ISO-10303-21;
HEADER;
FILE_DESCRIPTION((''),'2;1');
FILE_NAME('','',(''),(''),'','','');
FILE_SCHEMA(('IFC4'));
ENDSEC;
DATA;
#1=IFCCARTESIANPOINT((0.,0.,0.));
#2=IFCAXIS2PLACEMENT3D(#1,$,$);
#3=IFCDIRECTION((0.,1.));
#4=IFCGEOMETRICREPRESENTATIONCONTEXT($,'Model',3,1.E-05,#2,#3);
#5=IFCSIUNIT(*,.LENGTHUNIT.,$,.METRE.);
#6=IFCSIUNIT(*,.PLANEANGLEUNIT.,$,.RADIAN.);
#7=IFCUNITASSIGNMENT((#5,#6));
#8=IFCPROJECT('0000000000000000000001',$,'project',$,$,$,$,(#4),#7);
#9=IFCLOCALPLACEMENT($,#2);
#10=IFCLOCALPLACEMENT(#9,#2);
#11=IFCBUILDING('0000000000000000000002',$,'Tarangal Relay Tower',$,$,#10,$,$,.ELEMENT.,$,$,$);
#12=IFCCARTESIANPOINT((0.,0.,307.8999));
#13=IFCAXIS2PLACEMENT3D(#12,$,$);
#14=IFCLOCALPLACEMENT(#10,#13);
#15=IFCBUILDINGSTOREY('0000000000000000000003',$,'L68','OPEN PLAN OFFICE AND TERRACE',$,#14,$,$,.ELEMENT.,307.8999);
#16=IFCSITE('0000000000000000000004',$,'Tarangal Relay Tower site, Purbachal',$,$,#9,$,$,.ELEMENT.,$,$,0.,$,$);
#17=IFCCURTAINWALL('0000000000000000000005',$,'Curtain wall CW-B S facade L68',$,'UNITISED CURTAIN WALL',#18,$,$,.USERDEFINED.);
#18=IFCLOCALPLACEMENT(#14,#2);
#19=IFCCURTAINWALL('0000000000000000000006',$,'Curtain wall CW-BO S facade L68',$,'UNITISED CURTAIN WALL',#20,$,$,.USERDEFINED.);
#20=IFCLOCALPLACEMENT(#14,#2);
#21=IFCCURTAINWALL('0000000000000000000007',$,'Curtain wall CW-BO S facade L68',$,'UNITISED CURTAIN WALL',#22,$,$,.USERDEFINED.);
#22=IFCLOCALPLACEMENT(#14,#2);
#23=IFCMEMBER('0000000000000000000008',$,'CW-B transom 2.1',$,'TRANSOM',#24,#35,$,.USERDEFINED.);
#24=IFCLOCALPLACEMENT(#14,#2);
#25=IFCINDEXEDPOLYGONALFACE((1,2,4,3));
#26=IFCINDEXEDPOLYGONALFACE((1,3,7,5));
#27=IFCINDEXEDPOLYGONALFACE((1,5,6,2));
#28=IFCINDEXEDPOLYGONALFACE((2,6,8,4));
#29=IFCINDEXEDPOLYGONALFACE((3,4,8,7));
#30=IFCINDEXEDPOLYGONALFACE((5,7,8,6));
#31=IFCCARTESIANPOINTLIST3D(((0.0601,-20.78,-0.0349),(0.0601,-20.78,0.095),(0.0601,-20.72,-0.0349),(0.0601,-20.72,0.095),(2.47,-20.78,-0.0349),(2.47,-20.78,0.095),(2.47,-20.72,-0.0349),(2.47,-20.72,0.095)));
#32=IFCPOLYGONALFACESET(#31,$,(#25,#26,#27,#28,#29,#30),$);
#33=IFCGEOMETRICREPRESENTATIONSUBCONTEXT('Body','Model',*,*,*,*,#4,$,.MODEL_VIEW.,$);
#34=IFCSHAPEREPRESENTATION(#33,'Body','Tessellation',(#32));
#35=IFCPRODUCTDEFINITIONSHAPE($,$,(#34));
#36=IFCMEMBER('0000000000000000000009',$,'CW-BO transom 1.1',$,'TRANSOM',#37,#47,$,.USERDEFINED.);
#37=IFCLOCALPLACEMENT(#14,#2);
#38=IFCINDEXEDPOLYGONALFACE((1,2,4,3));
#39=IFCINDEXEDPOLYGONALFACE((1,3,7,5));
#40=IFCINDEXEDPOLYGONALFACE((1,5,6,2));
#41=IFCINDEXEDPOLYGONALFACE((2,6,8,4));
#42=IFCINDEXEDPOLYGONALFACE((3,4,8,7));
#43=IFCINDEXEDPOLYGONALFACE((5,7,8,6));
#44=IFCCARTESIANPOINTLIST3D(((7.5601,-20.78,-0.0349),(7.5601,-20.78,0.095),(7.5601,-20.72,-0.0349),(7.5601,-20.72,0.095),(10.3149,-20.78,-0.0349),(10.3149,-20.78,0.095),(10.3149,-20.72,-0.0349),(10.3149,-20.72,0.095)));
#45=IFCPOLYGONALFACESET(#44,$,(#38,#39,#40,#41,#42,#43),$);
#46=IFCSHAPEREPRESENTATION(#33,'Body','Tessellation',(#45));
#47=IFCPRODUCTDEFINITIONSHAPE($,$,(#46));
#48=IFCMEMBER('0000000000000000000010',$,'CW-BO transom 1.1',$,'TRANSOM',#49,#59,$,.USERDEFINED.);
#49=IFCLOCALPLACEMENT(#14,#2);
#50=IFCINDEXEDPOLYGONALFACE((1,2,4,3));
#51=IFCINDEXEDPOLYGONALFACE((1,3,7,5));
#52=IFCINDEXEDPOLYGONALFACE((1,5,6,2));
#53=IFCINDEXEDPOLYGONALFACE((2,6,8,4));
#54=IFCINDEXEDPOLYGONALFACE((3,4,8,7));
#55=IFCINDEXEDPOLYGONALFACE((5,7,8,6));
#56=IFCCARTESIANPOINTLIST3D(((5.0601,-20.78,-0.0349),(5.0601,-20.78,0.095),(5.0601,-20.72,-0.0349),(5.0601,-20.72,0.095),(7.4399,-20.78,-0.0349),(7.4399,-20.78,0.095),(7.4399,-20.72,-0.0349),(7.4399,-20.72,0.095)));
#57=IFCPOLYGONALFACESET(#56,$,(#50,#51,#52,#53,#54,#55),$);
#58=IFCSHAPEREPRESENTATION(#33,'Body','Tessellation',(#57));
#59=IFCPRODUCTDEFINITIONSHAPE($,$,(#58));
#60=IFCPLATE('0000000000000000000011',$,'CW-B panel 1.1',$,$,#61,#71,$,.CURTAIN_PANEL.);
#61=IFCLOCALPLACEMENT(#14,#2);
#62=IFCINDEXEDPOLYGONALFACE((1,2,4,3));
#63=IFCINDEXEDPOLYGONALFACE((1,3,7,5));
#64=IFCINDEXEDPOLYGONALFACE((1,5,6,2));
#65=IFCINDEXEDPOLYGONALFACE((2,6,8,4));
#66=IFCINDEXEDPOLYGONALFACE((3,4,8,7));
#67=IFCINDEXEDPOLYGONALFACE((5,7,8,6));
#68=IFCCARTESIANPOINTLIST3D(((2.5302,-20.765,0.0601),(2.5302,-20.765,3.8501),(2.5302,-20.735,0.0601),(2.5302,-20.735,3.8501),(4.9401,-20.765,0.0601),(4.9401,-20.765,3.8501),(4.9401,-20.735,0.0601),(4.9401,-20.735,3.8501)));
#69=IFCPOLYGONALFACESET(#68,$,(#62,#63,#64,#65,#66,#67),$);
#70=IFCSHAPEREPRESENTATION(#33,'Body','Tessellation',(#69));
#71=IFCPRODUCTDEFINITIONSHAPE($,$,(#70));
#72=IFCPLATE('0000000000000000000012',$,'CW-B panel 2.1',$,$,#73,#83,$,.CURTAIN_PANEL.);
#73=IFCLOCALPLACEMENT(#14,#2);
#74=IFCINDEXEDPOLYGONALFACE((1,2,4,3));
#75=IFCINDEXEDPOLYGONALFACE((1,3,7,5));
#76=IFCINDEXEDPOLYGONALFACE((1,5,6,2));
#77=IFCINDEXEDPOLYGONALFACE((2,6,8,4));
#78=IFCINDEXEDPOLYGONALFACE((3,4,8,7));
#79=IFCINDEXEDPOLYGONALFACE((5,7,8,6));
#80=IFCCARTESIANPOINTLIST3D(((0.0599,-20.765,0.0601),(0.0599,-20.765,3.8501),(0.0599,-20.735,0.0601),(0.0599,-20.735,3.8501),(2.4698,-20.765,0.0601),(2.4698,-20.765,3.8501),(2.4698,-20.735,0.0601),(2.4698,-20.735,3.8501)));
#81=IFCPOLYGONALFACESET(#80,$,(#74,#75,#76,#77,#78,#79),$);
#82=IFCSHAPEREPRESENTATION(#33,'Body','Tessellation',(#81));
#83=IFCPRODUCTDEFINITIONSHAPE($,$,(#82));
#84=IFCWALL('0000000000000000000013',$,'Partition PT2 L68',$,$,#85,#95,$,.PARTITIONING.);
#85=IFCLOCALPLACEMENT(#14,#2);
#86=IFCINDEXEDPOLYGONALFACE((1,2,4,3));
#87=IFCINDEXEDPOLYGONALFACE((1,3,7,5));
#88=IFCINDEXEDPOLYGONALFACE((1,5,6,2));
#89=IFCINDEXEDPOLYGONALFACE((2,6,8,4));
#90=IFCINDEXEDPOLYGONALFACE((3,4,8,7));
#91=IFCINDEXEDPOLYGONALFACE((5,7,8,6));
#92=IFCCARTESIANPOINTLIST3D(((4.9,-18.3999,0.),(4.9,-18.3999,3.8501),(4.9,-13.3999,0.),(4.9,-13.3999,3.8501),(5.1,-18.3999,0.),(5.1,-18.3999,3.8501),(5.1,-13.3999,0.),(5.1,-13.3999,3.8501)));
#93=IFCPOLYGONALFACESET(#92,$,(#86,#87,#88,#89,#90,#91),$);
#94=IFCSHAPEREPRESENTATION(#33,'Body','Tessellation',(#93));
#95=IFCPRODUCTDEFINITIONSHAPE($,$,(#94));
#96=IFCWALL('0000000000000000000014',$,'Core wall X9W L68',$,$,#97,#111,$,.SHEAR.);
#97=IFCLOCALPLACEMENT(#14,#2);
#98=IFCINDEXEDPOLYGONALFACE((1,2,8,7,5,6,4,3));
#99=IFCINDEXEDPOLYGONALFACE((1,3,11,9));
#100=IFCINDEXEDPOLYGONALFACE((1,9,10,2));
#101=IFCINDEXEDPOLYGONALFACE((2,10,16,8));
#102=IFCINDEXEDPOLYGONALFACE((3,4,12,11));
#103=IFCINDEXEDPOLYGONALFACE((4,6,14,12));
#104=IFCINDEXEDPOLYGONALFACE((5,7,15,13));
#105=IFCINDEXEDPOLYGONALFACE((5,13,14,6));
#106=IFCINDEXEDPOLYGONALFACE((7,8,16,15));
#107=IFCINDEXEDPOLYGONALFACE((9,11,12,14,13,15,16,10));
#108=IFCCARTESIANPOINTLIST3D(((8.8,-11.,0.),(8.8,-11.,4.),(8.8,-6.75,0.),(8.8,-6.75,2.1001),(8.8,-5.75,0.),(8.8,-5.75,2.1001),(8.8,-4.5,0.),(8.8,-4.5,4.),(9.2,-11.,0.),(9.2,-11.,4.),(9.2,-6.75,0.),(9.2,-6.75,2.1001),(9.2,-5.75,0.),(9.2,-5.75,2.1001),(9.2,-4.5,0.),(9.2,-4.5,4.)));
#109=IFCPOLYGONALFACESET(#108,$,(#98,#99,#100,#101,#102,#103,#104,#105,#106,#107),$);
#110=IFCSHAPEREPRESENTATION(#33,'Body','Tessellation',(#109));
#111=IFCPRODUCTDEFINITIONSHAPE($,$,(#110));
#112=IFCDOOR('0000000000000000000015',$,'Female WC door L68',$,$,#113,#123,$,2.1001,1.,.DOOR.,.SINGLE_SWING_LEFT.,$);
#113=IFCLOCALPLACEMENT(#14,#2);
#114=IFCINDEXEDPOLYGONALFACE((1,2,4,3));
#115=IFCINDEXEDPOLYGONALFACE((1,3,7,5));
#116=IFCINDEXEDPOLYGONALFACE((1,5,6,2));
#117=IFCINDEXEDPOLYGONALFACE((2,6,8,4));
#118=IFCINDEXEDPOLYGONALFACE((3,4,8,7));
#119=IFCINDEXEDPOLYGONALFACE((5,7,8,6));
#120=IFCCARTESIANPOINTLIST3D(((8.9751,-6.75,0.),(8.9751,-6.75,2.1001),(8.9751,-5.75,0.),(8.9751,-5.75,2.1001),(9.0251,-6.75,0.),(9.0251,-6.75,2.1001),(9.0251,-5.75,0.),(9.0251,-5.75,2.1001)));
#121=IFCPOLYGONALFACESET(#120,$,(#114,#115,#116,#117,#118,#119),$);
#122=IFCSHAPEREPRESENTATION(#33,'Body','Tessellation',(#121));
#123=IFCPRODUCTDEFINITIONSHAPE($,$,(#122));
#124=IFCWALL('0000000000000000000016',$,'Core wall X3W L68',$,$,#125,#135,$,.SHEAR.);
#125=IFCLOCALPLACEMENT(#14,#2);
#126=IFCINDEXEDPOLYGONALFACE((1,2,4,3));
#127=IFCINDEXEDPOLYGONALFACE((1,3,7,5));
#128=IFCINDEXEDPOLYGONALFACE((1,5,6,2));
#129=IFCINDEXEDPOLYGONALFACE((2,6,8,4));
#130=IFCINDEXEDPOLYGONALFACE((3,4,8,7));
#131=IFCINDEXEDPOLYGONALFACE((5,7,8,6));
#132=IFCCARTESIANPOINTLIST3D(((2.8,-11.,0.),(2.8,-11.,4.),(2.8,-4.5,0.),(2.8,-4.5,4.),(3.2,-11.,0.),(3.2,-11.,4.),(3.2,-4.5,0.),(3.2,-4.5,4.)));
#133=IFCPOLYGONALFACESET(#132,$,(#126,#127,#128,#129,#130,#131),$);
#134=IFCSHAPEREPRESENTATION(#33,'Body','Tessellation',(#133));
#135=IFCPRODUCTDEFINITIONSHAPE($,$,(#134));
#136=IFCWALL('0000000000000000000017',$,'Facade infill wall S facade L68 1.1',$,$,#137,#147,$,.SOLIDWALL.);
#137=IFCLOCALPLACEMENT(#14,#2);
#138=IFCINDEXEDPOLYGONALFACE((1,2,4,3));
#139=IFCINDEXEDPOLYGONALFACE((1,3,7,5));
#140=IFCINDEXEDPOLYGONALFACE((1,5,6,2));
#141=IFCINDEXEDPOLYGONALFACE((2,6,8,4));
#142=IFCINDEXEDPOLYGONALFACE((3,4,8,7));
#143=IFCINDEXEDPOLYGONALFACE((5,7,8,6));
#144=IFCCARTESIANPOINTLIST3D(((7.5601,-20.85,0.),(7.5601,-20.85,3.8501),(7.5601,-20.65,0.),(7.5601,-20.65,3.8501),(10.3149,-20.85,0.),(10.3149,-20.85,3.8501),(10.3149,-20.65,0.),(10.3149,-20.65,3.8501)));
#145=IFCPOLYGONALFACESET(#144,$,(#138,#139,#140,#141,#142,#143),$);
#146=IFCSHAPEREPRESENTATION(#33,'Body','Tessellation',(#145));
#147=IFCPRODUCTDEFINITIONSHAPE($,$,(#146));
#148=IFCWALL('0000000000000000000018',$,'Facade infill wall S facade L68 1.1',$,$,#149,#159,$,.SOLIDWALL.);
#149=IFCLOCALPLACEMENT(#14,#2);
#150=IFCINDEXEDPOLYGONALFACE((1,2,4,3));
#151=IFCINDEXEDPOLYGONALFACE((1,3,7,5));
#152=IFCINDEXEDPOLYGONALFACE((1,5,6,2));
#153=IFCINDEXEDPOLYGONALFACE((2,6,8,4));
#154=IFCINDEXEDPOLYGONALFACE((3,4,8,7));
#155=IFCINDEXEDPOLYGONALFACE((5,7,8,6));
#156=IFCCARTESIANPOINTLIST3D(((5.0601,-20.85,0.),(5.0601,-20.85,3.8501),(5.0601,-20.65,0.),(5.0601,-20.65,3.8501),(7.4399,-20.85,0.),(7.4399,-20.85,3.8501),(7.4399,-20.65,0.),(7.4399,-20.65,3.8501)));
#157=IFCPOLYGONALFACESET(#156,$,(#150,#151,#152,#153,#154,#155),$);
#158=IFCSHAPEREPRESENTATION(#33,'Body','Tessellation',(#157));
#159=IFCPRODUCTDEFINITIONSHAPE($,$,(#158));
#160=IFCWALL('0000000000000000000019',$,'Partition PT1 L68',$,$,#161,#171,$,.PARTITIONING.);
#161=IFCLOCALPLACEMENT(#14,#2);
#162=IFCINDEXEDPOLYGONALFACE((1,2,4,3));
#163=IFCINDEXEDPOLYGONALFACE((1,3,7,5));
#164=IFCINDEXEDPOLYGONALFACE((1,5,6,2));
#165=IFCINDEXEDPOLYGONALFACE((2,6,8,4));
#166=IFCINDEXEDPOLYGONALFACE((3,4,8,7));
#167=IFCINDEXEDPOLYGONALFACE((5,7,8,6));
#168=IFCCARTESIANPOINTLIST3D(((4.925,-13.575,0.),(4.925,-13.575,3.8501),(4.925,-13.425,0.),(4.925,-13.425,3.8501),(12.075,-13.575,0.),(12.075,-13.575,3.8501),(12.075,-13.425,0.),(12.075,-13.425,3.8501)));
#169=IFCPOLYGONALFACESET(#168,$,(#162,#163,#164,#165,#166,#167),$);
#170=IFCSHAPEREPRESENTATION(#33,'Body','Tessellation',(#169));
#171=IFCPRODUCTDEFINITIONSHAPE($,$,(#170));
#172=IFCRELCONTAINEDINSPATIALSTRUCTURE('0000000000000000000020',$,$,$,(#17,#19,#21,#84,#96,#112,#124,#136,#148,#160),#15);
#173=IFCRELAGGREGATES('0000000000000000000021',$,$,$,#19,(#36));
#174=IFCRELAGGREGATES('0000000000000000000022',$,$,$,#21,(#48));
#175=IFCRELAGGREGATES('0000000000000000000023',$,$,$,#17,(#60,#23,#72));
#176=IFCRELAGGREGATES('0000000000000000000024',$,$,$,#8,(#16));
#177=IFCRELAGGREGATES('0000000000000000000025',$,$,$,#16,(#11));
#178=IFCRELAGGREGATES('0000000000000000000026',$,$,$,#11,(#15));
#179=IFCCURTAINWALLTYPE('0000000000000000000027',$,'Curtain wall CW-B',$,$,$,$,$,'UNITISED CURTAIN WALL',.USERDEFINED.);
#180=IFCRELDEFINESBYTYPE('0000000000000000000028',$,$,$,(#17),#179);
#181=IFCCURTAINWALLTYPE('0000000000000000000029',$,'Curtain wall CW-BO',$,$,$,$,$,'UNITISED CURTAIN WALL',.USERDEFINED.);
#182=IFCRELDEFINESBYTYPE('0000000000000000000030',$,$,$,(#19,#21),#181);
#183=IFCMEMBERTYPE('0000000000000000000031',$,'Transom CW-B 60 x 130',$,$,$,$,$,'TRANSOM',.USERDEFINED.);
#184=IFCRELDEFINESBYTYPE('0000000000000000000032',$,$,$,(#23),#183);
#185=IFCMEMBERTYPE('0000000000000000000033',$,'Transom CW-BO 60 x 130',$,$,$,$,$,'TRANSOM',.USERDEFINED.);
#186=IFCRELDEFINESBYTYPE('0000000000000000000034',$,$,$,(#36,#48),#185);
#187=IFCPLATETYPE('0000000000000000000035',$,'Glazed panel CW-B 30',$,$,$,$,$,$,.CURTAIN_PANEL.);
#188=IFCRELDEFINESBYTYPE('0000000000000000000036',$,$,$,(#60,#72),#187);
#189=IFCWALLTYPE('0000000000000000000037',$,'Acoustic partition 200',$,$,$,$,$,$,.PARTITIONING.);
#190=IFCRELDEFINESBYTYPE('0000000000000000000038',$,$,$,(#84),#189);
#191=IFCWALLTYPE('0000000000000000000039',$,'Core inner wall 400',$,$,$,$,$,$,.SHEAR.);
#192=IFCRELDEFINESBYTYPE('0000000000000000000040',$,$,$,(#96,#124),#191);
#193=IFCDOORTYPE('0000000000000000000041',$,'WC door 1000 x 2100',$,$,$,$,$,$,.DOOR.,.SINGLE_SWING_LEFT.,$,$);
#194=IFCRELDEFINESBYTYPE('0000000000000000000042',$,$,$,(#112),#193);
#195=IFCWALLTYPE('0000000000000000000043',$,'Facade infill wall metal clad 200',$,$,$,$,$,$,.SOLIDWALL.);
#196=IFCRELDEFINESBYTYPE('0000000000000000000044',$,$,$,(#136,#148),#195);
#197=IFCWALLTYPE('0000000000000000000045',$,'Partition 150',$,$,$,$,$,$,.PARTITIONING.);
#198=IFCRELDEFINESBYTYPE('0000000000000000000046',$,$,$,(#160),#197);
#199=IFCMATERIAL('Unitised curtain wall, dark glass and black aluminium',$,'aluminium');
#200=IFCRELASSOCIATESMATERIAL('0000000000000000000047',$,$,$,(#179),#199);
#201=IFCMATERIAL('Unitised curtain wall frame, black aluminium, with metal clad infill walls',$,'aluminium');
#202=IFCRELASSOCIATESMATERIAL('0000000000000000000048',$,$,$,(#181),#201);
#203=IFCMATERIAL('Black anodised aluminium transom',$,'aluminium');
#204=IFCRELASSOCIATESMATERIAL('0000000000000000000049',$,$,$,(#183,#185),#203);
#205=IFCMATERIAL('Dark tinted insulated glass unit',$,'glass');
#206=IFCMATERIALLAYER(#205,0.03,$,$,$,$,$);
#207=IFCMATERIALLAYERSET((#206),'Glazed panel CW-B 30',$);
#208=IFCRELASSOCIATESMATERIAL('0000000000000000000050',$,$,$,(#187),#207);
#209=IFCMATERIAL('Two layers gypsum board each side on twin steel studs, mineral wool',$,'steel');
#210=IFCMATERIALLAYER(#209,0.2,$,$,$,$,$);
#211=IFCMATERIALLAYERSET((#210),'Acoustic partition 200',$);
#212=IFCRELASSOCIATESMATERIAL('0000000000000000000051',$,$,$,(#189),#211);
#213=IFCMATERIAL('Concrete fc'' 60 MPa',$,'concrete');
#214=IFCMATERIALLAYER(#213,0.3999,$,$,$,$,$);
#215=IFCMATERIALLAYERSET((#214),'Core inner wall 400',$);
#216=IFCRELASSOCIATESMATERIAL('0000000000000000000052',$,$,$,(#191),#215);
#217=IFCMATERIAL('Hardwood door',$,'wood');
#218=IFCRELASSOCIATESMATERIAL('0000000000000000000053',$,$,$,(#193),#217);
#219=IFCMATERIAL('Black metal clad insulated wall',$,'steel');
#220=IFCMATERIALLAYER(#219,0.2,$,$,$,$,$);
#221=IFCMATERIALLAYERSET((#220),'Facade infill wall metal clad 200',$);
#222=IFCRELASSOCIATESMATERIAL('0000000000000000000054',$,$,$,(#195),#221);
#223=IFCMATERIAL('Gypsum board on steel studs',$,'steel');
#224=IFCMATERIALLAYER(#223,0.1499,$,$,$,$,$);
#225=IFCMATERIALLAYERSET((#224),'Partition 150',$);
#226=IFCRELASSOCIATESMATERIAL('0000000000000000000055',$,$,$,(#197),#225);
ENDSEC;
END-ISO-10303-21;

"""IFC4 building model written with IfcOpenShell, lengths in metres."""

from ifc_helpers import new_model, si_unit, direction, frame, frame_2d, origin, origin_2d, place, context, subcontext, project, spatial, rectangle, extrude, material, layer, layer_set, material_profile, profile_set, type_object, element, fill, aggregate, save


model = new_model("IFC4")

# Units and contexts
model_context = context("Model", 3, precision=1e-05, world=origin(), true_north=direction((0.0, 1.0)))
body_context = subcontext(model_context, "Body", "Model", "MODEL_VIEW")
ifc_project = project(units=[si_unit("LENGTHUNIT", "METRE"), si_unit("PLANEANGLEUNIT", "RADIAN")], contexts=[model_context])

# Site, building, storey
site_placement = place(None, origin())
site = spatial("IfcSite", under=ifc_project, at=site_placement, Name="Tarangal Relay Tower site, Purbachal", CompositionType="ELEMENT", RefElevation=0.0)
building_placement = place(site_placement, origin())
building = spatial("IfcBuilding", under=site, at=building_placement, Name="Tarangal Relay Tower", CompositionType="ELEMENT")
storey_placement = place(building_placement, frame((0.0, 0.0, 307.8999)))
storey = spatial("IfcBuildingStorey", under=building, at=storey_placement, Name="L68", Description="OPEN PLAN OFFICE AND TERRACE", CompositionType="ELEMENT", Elevation=307.8999)

# Curtain wall
ifc_material_1 = material(Name="Unitised curtain wall, dark glass and black aluminium", Category="aluminium")
curtain_wall_type_1 = type_object("IfcCurtainWallType", Name="Curtain wall CW-B", ElementType="UNITISED CURTAIN WALL", PredefinedType="USERDEFINED", material=ifc_material_1)
curtain_wall_1_placement = place(storey_placement, origin())
curtain_wall_1 = element("IfcCurtainWall", 1, at=curtain_wall_1_placement, inside=storey, type_object=curtain_wall_type_1, Name="Curtain wall CW-B S facade L68", ObjectType="UNITISED CURTAIN WALL", PredefinedType="USERDEFINED")

# Curtain wall
ifc_material_2 = material(Name="Unitised curtain wall frame, black aluminium, with metal clad infill walls", Category="aluminium")
curtain_wall_type_2 = type_object("IfcCurtainWallType", Name="Curtain wall CW-BO", ElementType="UNITISED CURTAIN WALL", PredefinedType="USERDEFINED", material=ifc_material_2)
curtain_wall_2_placement = place(storey_placement, origin())
curtain_wall_2 = element("IfcCurtainWall", 2, at=curtain_wall_2_placement, inside=storey, type_object=curtain_wall_type_2, Name="Curtain wall CW-BO S facade L68", ObjectType="UNITISED CURTAIN WALL", PredefinedType="USERDEFINED")

# Curtain wall
curtain_wall_3_placement = place(storey_placement, origin())
curtain_wall_3 = element("IfcCurtainWall", 3, at=curtain_wall_3_placement, inside=storey, type_object=curtain_wall_type_2, Name="Curtain wall CW-BO S facade L68", ObjectType="UNITISED CURTAIN WALL", PredefinedType="USERDEFINED")

# Members
ifc_material_3 = material(Name="Black anodised aluminium transom", Category="aluminium")
ifc_material_profile_1 = material_profile(ifc_material_3, rectangle(XDim=0.0601, YDim=0.1299, at=origin_2d()), Name="CW-BT 60X130")
ifc_profile_set_1 = profile_set([ifc_material_profile_1], Name="Black anodised aluminium transom")
member_type_1 = type_object("IfcMemberType", Name="Transom CW-B 60 x 130", ElementType="TRANSOM", PredefinedType="USERDEFINED", material=ifc_profile_set_1)
member_1_placement = place(storey_placement, frame((2.47, -20.75, 0.03), z_axis=(-1.0, 0.0, 0.0), x_axis=(0.0, -1.0, 0.0)))
member_1 = element("IfcMember", 4, at=member_1_placement, type_object=member_type_1, Name="CW-B transom 2.1", ObjectType="TRANSOM", PredefinedType="USERDEFINED", context=body_context, shape_type="SweptSolid", body=[
    extrude(rectangle(XDim=0.0601, YDim=0.1299, at=origin_2d()), origin(), (0.0, 0.0, 1.0), 2.4099),
])
ifc_material_profile_2 = material_profile(ifc_material_3, rectangle(XDim=0.0601, YDim=0.1299, at=origin_2d()), Name="CW-BOT 60X130")
ifc_profile_set_2 = profile_set([ifc_material_profile_2], Name="Black anodised aluminium transom")
member_type_2 = type_object("IfcMemberType", Name="Transom CW-BO 60 x 130", ElementType="TRANSOM", PredefinedType="USERDEFINED", material=ifc_profile_set_2)
member_2_placement = place(storey_placement, frame((10.3149, -20.75, 0.03), z_axis=(-1.0, 0.0, 0.0), x_axis=(0.0, -1.0, 0.0)))
member_2 = element("IfcMember", 5, at=member_2_placement, type_object=member_type_2, Name="CW-BO transom 1.1", ObjectType="TRANSOM", PredefinedType="USERDEFINED", context=body_context, shape_type="SweptSolid", body=[
    extrude(rectangle(XDim=0.0601, YDim=0.1299, at=origin_2d()), origin(), (0.0, 0.0, 1.0), 2.7549),
])
aggregate(curtain_wall_2, [member_2])
member_3_placement = place(storey_placement, frame((7.4399, -20.75, 0.03), z_axis=(-1.0, 0.0, 0.0), x_axis=(0.0, -1.0, 0.0)))
member_3 = element("IfcMember", 6, at=member_3_placement, type_object=member_type_2, Name="CW-BO transom 1.1", ObjectType="TRANSOM", PredefinedType="USERDEFINED", context=body_context, shape_type="SweptSolid", body=[
    extrude(rectangle(XDim=0.0601, YDim=0.1299, at=origin_2d()), origin(), (0.0, 0.0, 1.0), 2.3799),
])
aggregate(curtain_wall_3, [member_3])

# Plates
ifc_material_4 = material(Name="Dark tinted insulated glass unit", Category="glass")
ifc_layer_1 = layer(ifc_material_4, 0.03)
ifc_layer_set_1 = layer_set([ifc_layer_1], Name="Glazed panel CW-B 30")
plate_type = type_object("IfcPlateType", Name="Glazed panel CW-B 30", PredefinedType="CURTAIN_PANEL", material=ifc_layer_set_1)
plate_1_placement = place(storey_placement, frame((3.7351, -20.75, 0.0601), z_axis=(0.0, 0.0, 1.0), x_axis=(-1.0, 0.0, 0.0)))
plate_1 = element("IfcPlate", 7, at=plate_1_placement, type_object=plate_type, Name="CW-B panel 1.1", PredefinedType="CURTAIN_PANEL", context=body_context, shape_type="SweptSolid", body=[
    extrude(rectangle(XDim=2.4099, YDim=0.03, at=origin_2d()), origin(), (0.0, 0.0, 1.0), 3.79),
])
plate_2_placement = place(storey_placement, frame((1.2649, -20.75, 0.0601), z_axis=(0.0, 0.0, 1.0), x_axis=(-1.0, 0.0, 0.0)))
plate_2 = element("IfcPlate", 8, at=plate_2_placement, type_object=plate_type, Name="CW-B panel 2.1", PredefinedType="CURTAIN_PANEL", context=body_context, shape_type="SweptSolid", body=[
    extrude(rectangle(XDim=2.4099, YDim=0.03, at=origin_2d()), origin(), (0.0, 0.0, 1.0), 3.79),
])
aggregate(curtain_wall_1, [plate_1, member_1, plate_2])

# Wall
ifc_material_5 = material(Name="Two layers gypsum board each side on twin steel studs, mineral wool", Category="steel")
ifc_layer_2 = layer(ifc_material_5, 0.2)
ifc_layer_set_2 = layer_set([ifc_layer_2], Name="Acoustic partition 200")
wall_type_1 = type_object("IfcWallType", Name="Acoustic partition 200", PredefinedType="PARTITIONING", material=ifc_layer_set_2)
wall_1_placement = place(storey_placement, frame((5.0, -18.3999, 0.0), z_axis=(0.0, 0.0, 1.0), x_axis=(0.0, 1.0, 0.0)))
element("IfcWall", 9, at=wall_1_placement, inside=storey, type_object=wall_type_1, Name="Partition PT2 L68", PredefinedType="PARTITIONING", context=body_context, shape_type="SweptSolid", body=[
    extrude(rectangle(XDim=5.0, YDim=0.2, at=frame_2d((2.5, 0.0))), origin(), (0.0, 0.0, 1.0), 3.8501),
])

# Wall, opening, door
ifc_material_6 = material(Name="Concrete fc' 60 MPa", Category="concrete")
ifc_layer_3 = layer(ifc_material_6, 0.3999)
ifc_layer_set_3 = layer_set([ifc_layer_3], Name="Core inner wall 400")
wall_type_2 = type_object("IfcWallType", Name="Core inner wall 400", PredefinedType="SHEAR", material=ifc_layer_set_3)
wall_2_placement = place(storey_placement, frame((9.0, -11.0, 0.0), z_axis=(0.0, 0.0, 1.0), x_axis=(0.0, 1.0, 0.0)))
wall_2 = element("IfcWall", 10, at=wall_2_placement, inside=storey, type_object=wall_type_2, Name="Core wall X9W L68", PredefinedType="SHEAR", context=body_context, shape_type="SweptSolid", body=[
    extrude(rectangle(XDim=6.5, YDim=0.3999, at=frame_2d((3.25, 0.0))), origin(), (0.0, 0.0, 1.0), 4.0),
])
opening_1_placement = place(wall_2_placement, frame((4.25, 0.0, 0.0)))
opening_1 = element("IfcOpeningElement", 11, at=opening_1_placement, cuts=wall_2, PredefinedType="OPENING", context=body_context, shape_type="SweptSolid", body=[
    extrude(rectangle(XDim=1.0, YDim=2.1001, at=frame_2d((0.5, 1.05))), frame((0.0, 0.21, 0.0), z_axis=(0.0, -1.0, 0.0), x_axis=(1.0, 0.0, 0.0)), (0.0, 0.0, 1.0), 0.4199),
])
ifc_material_7 = material(Name="Hardwood door", Category="wood")
door_type = type_object("IfcDoorType", Name="WC door 1000 x 2100", OperationType="SINGLE_SWING_LEFT", PredefinedType="DOOR", material=ifc_material_7)
door_1_placement = place(opening_1_placement, origin())
door_1 = element("IfcDoor", 12, at=door_1_placement, inside=storey, type_object=door_type, Name="Female WC door L68", OperationType="SINGLE_SWING_LEFT", OverallHeight=2.1001, OverallWidth=1.0, PredefinedType="DOOR", context=body_context, shape_type="SweptSolid", body=[
    extrude(rectangle(XDim=1.0, YDim=2.1001, at=frame_2d((0.5, 1.05))), frame((0.0, 0.0249, 0.0), z_axis=(0.0, -1.0, 0.0), x_axis=(1.0, 0.0, 0.0)), (0.0, 0.0, 1.0), 0.05),
])
fill(opening_1, door_1)

# Walls
wall_3_placement = place(storey_placement, frame((3.0, -11.0, 0.0), z_axis=(0.0, 0.0, 1.0), x_axis=(0.0, 1.0, 0.0)))
element("IfcWall", 13, at=wall_3_placement, inside=storey, type_object=wall_type_2, Name="Core wall X3W L68", PredefinedType="SHEAR", context=body_context, shape_type="SweptSolid", body=[
    extrude(rectangle(XDim=6.5, YDim=0.3999, at=frame_2d((3.25, 0.0))), origin(), (0.0, 0.0, 1.0), 4.0),
])
ifc_material_8 = material(Name="Black metal clad insulated wall", Category="steel")
ifc_layer_4 = layer(ifc_material_8, 0.2)
ifc_layer_set_4 = layer_set([ifc_layer_4], Name="Facade infill wall metal clad 200")
wall_type_3 = type_object("IfcWallType", Name="Facade infill wall metal clad 200", PredefinedType="SOLIDWALL", material=ifc_layer_set_4)
wall_4_placement = place(storey_placement, frame((10.3149, -20.75, 0.0), z_axis=(0.0, 0.0, 1.0), x_axis=(-1.0, 0.0, 0.0)))
element("IfcWall", 14, at=wall_4_placement, inside=storey, type_object=wall_type_3, Name="Facade infill wall S facade L68 1.1", PredefinedType="SOLIDWALL", context=body_context, shape_type="SweptSolid", body=[
    extrude(rectangle(XDim=2.7549, YDim=0.2, at=frame_2d((1.3774, 0.0))), origin(), (0.0, 0.0, 1.0), 3.8501),
])
wall_5_placement = place(storey_placement, frame((7.4399, -20.75, 0.0), z_axis=(0.0, 0.0, 1.0), x_axis=(-1.0, 0.0, 0.0)))
element("IfcWall", 15, at=wall_5_placement, inside=storey, type_object=wall_type_3, Name="Facade infill wall S facade L68 1.1", PredefinedType="SOLIDWALL", context=body_context, shape_type="SweptSolid", body=[
    extrude(rectangle(XDim=2.3799, YDim=0.2, at=frame_2d((1.1899, 0.0))), origin(), (0.0, 0.0, 1.0), 3.8501),
])
ifc_material_9 = material(Name="Gypsum board on steel studs", Category="steel")
ifc_layer_5 = layer(ifc_material_9, 0.1499)
ifc_layer_set_5 = layer_set([ifc_layer_5], Name="Partition 150")
wall_type_4 = type_object("IfcWallType", Name="Partition 150", PredefinedType="PARTITIONING", material=ifc_layer_set_5)
wall_6_placement = place(storey_placement, frame((4.925, -13.5, 0.0), z_axis=(0.0, 0.0, 1.0), x_axis=(1.0, 0.0, 0.0)))
element("IfcWall", 16, at=wall_6_placement, inside=storey, type_object=wall_type_4, Name="Partition PT1 L68", PredefinedType="PARTITIONING", context=body_context, shape_type="SweptSolid", body=[
    extrude(rectangle(XDim=7.1499, YDim=0.1499, at=frame_2d((3.575, 0.0))), origin(), (0.0, 0.0, 1.0), 3.8501),
])

save(model, "model.ifc")
